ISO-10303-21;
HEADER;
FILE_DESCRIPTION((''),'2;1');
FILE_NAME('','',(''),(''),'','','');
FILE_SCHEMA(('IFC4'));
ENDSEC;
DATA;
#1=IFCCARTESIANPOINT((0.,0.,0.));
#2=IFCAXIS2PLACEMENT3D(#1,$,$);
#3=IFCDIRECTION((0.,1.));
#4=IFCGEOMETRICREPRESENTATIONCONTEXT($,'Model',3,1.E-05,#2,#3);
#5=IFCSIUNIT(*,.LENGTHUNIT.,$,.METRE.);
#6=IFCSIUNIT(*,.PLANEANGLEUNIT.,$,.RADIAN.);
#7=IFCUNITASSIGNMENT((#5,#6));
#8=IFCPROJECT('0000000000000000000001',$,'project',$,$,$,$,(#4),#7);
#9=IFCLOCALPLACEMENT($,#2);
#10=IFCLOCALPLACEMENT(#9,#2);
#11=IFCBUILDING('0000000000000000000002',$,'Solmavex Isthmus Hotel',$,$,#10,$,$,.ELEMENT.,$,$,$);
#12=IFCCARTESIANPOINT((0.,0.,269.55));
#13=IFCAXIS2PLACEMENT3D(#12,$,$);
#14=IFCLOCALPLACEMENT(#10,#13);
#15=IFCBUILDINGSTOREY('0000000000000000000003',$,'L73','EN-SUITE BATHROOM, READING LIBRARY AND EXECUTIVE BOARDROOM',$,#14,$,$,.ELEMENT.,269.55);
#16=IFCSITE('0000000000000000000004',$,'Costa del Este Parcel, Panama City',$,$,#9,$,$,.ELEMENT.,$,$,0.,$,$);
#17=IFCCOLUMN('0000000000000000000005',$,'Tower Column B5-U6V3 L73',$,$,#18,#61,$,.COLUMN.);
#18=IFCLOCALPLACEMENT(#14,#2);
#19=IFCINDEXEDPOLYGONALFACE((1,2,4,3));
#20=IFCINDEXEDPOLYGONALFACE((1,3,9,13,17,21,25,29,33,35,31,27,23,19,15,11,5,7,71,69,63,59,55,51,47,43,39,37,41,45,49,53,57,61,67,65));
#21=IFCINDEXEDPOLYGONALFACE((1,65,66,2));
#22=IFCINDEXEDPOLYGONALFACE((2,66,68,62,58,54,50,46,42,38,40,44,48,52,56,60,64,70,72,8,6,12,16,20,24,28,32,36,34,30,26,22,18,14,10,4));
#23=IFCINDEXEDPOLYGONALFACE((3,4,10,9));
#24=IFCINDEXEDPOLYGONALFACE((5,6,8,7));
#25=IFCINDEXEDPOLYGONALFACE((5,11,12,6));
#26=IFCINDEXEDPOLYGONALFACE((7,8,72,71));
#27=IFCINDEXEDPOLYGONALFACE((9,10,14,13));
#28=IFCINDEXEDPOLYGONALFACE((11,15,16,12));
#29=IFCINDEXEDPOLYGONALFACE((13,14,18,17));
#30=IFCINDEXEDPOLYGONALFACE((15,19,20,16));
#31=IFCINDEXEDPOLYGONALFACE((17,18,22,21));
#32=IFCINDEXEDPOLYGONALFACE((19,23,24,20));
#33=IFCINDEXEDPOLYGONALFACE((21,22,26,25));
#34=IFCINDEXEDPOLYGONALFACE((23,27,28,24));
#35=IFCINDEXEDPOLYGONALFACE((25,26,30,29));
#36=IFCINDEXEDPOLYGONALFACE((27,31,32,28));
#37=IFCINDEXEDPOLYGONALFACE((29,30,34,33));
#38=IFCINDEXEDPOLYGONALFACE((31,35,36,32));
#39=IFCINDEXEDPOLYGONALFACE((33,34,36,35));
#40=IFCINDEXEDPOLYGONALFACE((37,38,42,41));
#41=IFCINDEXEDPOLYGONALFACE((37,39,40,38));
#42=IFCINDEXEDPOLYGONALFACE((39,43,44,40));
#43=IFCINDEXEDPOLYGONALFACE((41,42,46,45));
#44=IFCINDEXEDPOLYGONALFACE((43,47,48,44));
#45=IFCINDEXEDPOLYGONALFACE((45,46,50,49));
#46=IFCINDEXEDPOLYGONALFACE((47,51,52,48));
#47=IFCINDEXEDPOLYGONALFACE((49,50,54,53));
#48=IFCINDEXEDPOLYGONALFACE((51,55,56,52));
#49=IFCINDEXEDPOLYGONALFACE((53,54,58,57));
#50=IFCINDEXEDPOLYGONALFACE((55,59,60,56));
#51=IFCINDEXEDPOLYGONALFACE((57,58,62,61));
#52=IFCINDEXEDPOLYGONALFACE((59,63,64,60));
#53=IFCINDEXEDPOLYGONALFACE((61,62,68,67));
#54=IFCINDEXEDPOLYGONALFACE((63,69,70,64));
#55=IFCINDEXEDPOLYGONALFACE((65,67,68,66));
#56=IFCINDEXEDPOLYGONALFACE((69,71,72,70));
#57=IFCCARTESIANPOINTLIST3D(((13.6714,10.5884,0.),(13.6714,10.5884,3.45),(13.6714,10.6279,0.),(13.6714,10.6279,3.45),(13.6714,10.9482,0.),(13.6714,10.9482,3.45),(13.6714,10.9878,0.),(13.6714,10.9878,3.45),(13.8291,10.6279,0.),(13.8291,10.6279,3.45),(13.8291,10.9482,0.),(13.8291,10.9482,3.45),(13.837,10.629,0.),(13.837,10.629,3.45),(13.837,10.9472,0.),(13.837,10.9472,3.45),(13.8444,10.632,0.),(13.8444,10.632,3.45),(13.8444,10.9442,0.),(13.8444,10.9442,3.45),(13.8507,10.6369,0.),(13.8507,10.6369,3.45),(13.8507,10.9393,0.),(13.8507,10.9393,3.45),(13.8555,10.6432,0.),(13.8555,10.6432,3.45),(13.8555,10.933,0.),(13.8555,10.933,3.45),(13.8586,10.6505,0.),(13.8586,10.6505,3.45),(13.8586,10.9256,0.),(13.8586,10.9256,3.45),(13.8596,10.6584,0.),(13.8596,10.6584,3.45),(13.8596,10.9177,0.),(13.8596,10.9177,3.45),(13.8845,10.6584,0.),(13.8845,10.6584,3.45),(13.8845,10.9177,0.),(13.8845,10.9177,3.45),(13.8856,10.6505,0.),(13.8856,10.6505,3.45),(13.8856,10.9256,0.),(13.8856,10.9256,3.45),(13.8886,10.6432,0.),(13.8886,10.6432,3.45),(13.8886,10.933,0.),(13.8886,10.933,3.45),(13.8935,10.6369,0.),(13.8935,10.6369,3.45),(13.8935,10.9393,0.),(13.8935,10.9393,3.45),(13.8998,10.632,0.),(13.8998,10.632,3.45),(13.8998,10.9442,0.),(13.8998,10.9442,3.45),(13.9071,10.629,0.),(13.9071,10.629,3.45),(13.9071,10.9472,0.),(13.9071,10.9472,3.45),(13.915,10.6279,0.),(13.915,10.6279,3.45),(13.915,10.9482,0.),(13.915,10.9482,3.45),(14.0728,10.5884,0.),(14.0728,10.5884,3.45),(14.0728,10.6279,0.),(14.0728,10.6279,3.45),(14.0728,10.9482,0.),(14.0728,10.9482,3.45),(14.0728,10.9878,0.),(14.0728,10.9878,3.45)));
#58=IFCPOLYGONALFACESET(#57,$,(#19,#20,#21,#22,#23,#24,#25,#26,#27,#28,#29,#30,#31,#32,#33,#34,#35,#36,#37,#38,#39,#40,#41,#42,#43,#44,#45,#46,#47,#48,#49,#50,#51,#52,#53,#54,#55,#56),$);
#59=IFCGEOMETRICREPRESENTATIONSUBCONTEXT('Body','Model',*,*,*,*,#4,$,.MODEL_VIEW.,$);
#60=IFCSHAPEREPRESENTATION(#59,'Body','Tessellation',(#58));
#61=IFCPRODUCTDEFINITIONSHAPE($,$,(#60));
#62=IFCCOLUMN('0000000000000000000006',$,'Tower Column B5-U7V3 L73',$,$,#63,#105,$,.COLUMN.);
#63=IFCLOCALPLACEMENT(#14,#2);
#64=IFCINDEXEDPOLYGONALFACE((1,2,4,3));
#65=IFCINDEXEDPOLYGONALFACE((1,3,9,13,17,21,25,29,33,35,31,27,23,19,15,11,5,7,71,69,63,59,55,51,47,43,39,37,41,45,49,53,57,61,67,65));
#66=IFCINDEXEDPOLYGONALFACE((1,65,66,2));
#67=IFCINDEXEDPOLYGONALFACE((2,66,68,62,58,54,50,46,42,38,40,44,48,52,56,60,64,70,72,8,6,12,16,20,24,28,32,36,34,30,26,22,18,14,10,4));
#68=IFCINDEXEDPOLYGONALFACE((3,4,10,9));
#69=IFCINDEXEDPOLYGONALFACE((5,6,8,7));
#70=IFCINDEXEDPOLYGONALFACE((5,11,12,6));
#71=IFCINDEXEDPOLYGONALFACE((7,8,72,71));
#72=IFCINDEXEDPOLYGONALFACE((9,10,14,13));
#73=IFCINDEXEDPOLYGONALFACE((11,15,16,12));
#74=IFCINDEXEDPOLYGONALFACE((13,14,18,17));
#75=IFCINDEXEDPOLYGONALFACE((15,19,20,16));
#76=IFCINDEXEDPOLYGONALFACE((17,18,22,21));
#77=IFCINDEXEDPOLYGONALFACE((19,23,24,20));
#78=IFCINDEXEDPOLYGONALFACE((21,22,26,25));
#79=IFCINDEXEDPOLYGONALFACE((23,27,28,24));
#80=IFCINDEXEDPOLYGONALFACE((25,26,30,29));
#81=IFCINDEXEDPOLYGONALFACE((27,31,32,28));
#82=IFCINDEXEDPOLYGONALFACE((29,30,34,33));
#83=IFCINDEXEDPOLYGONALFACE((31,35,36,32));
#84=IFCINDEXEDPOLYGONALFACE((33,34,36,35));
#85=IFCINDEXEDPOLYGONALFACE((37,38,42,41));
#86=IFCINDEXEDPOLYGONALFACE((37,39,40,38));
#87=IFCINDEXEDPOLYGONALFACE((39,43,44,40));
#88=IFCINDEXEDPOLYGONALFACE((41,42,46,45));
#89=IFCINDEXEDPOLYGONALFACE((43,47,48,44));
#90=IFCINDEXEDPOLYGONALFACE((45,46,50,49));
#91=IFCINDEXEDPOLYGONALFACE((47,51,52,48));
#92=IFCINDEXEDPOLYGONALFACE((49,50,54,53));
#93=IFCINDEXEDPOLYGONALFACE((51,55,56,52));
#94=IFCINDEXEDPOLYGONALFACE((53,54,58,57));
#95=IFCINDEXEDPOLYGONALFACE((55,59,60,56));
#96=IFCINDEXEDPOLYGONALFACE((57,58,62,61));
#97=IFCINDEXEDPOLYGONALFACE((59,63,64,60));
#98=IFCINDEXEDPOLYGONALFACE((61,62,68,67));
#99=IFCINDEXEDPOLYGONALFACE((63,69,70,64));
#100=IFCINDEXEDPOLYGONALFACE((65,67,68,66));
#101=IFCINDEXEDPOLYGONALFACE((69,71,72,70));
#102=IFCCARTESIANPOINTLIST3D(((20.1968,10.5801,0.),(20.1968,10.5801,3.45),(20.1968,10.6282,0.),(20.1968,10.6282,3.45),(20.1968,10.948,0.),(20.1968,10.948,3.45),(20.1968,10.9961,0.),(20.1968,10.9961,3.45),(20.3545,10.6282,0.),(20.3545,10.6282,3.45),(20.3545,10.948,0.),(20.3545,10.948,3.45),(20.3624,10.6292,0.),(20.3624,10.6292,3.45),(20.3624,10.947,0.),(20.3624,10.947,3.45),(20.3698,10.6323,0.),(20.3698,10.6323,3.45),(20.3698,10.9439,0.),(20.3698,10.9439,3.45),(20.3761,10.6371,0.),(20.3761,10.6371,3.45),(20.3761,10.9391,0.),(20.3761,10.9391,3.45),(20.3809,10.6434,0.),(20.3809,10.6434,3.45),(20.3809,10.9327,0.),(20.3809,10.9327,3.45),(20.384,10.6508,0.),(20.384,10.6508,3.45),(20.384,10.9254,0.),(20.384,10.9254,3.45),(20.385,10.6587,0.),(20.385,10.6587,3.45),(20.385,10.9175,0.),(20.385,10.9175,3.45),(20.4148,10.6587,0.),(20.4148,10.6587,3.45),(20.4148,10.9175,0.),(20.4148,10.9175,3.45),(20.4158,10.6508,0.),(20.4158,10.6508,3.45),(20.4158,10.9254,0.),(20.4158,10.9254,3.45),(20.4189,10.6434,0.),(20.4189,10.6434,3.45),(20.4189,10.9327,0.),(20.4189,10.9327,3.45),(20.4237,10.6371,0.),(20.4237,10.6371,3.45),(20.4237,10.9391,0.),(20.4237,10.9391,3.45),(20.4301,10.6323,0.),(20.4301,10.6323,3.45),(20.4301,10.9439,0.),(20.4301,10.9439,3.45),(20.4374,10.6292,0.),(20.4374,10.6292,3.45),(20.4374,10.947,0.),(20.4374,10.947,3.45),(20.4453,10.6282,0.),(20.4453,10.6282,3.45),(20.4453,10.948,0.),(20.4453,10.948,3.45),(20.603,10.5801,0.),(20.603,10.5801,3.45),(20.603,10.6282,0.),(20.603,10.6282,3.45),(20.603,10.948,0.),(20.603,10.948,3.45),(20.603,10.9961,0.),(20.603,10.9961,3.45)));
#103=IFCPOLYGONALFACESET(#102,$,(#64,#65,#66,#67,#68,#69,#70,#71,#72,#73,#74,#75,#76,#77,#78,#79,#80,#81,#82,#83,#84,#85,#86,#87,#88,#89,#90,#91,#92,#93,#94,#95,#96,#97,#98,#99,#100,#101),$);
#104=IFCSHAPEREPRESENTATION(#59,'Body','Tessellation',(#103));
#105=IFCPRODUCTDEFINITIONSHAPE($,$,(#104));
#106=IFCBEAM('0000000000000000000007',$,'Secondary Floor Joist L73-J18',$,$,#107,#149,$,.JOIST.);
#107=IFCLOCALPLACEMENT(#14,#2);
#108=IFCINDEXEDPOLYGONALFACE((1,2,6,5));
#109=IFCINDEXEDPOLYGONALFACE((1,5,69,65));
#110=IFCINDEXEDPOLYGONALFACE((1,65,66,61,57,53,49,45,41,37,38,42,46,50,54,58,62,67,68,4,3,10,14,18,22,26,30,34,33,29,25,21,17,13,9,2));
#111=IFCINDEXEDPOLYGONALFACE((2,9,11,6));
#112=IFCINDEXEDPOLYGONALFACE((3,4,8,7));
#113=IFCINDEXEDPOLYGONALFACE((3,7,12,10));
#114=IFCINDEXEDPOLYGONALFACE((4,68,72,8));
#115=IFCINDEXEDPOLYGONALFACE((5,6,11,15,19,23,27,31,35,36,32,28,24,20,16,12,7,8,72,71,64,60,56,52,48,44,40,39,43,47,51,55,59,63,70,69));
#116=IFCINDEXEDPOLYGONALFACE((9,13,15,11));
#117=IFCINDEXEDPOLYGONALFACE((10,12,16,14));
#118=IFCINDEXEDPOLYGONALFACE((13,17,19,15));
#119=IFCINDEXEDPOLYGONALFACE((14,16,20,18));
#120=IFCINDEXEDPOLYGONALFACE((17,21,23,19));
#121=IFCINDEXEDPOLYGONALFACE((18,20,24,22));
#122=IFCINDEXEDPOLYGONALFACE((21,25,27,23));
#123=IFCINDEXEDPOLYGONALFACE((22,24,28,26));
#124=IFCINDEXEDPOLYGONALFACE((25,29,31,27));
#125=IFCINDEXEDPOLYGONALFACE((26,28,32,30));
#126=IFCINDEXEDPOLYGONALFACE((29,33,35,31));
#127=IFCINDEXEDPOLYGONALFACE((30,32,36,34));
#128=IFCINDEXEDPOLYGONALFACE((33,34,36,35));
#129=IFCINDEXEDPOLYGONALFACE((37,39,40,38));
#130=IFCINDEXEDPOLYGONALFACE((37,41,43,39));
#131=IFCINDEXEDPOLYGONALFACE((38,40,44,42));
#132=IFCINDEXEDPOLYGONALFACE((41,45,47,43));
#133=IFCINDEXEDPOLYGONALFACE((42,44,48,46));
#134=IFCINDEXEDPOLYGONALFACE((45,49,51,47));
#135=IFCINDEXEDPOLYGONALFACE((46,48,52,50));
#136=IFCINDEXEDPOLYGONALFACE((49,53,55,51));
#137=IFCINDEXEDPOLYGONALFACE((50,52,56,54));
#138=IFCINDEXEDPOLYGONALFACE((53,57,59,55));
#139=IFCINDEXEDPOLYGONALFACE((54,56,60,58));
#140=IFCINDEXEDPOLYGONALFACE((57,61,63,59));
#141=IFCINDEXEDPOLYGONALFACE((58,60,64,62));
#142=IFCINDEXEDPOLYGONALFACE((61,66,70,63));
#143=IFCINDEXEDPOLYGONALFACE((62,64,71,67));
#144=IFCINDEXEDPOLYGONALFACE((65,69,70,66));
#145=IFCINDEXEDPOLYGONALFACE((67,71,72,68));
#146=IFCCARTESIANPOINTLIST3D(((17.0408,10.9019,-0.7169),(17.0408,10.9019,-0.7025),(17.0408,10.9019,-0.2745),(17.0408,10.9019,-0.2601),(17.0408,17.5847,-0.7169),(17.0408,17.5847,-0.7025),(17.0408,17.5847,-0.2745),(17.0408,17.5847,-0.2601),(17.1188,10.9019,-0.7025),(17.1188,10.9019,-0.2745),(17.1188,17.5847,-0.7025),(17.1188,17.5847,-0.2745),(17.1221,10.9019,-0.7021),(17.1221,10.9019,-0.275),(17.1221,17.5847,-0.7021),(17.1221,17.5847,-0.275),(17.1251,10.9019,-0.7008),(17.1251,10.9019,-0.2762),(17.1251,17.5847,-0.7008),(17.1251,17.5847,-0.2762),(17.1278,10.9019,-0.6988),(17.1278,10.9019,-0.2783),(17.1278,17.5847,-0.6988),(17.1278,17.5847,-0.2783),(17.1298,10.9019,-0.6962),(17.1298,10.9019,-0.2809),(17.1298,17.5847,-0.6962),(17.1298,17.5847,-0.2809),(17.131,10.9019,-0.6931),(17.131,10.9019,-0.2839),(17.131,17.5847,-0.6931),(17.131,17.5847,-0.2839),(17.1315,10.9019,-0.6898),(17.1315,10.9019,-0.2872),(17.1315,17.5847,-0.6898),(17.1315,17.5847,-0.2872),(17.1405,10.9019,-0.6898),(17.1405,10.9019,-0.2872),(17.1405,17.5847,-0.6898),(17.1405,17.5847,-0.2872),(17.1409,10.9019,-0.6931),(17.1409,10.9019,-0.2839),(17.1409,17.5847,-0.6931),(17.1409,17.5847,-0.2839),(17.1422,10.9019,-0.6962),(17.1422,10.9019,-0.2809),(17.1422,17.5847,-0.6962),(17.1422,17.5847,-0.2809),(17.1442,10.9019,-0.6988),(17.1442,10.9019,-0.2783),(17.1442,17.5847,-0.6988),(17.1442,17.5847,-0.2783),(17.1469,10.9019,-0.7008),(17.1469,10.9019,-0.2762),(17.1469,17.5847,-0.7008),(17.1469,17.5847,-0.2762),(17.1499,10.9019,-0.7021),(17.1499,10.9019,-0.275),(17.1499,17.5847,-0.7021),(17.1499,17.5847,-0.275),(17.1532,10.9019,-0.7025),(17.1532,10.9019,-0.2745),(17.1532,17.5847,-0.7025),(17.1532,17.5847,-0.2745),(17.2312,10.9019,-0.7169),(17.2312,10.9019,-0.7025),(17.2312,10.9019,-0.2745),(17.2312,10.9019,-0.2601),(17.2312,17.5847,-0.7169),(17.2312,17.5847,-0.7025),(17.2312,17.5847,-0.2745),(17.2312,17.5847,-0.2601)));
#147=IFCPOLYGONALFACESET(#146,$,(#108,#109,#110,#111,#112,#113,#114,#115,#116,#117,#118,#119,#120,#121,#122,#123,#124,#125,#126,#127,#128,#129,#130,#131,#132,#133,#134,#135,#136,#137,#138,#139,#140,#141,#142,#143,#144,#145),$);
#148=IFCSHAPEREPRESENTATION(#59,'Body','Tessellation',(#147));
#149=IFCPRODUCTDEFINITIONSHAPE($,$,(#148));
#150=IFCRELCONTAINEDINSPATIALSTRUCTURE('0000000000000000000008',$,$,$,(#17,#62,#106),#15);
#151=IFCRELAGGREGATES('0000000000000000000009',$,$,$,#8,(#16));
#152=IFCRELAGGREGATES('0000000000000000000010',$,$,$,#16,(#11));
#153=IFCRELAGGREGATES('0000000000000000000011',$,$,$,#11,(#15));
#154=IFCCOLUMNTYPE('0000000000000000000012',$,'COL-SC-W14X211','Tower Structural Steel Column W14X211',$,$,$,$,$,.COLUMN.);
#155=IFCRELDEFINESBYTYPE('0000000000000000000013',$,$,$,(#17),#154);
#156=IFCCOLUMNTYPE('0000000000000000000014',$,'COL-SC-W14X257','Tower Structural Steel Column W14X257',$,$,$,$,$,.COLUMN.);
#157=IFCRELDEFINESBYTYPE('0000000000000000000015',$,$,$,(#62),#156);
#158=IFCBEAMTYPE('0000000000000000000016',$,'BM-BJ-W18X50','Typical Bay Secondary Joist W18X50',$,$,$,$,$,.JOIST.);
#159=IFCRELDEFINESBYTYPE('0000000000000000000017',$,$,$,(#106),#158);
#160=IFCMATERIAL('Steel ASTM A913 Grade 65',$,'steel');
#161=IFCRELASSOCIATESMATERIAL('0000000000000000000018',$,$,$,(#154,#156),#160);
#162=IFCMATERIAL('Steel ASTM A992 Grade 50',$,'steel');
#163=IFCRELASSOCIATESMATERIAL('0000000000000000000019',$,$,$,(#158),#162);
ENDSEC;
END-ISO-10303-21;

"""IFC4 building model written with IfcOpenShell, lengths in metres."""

from ifc_helpers import new_model, si_unit, direction, frame, origin, origin_2d, place, context, subcontext, project, spatial, i_section, extrude, material, material_profile, profile_set, type_object, element, save


model = new_model("IFC4")

# Units and contexts
model_context = context("Model", 3, precision=1e-05, world=origin(), true_north=direction((0.0, 1.0)))
body_context = subcontext(model_context, "Body", "Model", "MODEL_VIEW")
ifc_project = project(units=[si_unit("LENGTHUNIT", "METRE"), si_unit("PLANEANGLEUNIT", "RADIAN")], contexts=[model_context])

# Site, building, storey
site_placement = place(None, origin())
site = spatial("IfcSite", under=ifc_project, at=site_placement, Name="Costa del Este Parcel, Panama City", CompositionType="ELEMENT", RefElevation=0.0)
building_placement = place(site_placement, origin())
building = spatial("IfcBuilding", under=site, at=building_placement, Name="Solmavex Isthmus Hotel", CompositionType="ELEMENT")
storey_placement = place(building_placement, frame((0.0, 0.0, 269.55)))
storey = spatial("IfcBuildingStorey", under=building, at=storey_placement, Name="L73", Description="EN-SUITE BATHROOM, READING LIBRARY AND EXECUTIVE BOARDROOM", CompositionType="ELEMENT", Elevation=269.55)

# Columns
ifc_material_1 = material(Name="Steel ASTM A913 Grade 65", Category="steel")
ifc_material_profile_1 = material_profile(ifc_material_1, i_section(OverallWidth=0.4014, OverallDepth=0.3994, WebThickness=0.0249, FlangeThickness=0.0396, FilletRadius=0.0305, at=origin_2d()), Name="W14X211")
ifc_profile_set_1 = profile_set([ifc_material_profile_1], Name="Steel ASTM A913 Grade 65")
column_type_1 = type_object("IfcColumnType", Name="COL-SC-W14X211", Description="Tower Structural Steel Column W14X211", PredefinedType="COLUMN", material=ifc_profile_set_1)
column_1_placement = place(storey_placement, frame((13.8721, 10.7881, 0.0), z_axis=(0.0, 0.0, 1.0), x_axis=(1.0, 0.0, 0.0)))
element("IfcColumn", 1, at=column_1_placement, inside=storey, type_object=column_type_1, Name="Tower Column B5-U6V3 L73", PredefinedType="COLUMN", context=body_context, shape_type="SweptSolid", body=[
    extrude(i_section(OverallWidth=0.4014, OverallDepth=0.3994, WebThickness=0.0249, FlangeThickness=0.0396, FilletRadius=0.0305, at=origin_2d()), origin(), (0.0, 0.0, 1.0), 3.45),
])
ifc_material_profile_2 = material_profile(ifc_material_1, i_section(OverallWidth=0.4062, OverallDepth=0.416, WebThickness=0.0298, FlangeThickness=0.0481, FilletRadius=0.0305, at=origin_2d()), Name="W14X257")
ifc_profile_set_2 = profile_set([ifc_material_profile_2], Name="Steel ASTM A913 Grade 65")
column_type_2 = type_object("IfcColumnType", Name="COL-SC-W14X257", Description="Tower Structural Steel Column W14X257", PredefinedType="COLUMN", material=ifc_profile_set_2)
column_2_placement = place(storey_placement, frame((20.3999, 10.7881, 0.0), z_axis=(0.0, 0.0, 1.0), x_axis=(1.0, 0.0, 0.0)))
element("IfcColumn", 2, at=column_2_placement, inside=storey, type_object=column_type_2, Name="Tower Column B5-U7V3 L73", PredefinedType="COLUMN", context=body_context, shape_type="SweptSolid", body=[
    extrude(i_section(OverallWidth=0.4062, OverallDepth=0.416, WebThickness=0.0298, FlangeThickness=0.0481, FilletRadius=0.0305, at=origin_2d()), origin(), (0.0, 0.0, 1.0), 3.45),
])

# Beam
ifc_material_2 = material(Name="Steel ASTM A992 Grade 50", Category="steel")
ifc_material_profile_3 = material_profile(ifc_material_2, i_section(OverallWidth=0.1904, OverallDepth=0.4568, WebThickness=0.009, FlangeThickness=0.0144, FilletRadius=0.0127, at=origin_2d()), Name="W18X50")
ifc_profile_set_3 = profile_set([ifc_material_profile_3], Name="Steel ASTM A992 Grade 50")
beam_type_1 = type_object("IfcBeamType", Name="BM-BJ-W18X50", Description="Typical Bay Secondary Joist W18X50", PredefinedType="JOIST", material=ifc_profile_set_3)
beam_1_placement = place(storey_placement, frame((17.136, 10.9019, -0.4885), z_axis=(0.0, 1.0, 0.0), x_axis=(-1.0, 0.0, 0.0)))
element("IfcBeam", 3, at=beam_1_placement, inside=storey, type_object=beam_type_1, Name="Secondary Floor Joist L73-J18", PredefinedType="JOIST", context=body_context, shape_type="SweptSolid", body=[
    extrude(i_section(OverallWidth=0.1904, OverallDepth=0.4568, WebThickness=0.009, FlangeThickness=0.0144, FilletRadius=0.0127, at=origin_2d()), origin(), (0.0, 0.0, 1.0), 6.6829),
])

save(model, "model.ifc")
